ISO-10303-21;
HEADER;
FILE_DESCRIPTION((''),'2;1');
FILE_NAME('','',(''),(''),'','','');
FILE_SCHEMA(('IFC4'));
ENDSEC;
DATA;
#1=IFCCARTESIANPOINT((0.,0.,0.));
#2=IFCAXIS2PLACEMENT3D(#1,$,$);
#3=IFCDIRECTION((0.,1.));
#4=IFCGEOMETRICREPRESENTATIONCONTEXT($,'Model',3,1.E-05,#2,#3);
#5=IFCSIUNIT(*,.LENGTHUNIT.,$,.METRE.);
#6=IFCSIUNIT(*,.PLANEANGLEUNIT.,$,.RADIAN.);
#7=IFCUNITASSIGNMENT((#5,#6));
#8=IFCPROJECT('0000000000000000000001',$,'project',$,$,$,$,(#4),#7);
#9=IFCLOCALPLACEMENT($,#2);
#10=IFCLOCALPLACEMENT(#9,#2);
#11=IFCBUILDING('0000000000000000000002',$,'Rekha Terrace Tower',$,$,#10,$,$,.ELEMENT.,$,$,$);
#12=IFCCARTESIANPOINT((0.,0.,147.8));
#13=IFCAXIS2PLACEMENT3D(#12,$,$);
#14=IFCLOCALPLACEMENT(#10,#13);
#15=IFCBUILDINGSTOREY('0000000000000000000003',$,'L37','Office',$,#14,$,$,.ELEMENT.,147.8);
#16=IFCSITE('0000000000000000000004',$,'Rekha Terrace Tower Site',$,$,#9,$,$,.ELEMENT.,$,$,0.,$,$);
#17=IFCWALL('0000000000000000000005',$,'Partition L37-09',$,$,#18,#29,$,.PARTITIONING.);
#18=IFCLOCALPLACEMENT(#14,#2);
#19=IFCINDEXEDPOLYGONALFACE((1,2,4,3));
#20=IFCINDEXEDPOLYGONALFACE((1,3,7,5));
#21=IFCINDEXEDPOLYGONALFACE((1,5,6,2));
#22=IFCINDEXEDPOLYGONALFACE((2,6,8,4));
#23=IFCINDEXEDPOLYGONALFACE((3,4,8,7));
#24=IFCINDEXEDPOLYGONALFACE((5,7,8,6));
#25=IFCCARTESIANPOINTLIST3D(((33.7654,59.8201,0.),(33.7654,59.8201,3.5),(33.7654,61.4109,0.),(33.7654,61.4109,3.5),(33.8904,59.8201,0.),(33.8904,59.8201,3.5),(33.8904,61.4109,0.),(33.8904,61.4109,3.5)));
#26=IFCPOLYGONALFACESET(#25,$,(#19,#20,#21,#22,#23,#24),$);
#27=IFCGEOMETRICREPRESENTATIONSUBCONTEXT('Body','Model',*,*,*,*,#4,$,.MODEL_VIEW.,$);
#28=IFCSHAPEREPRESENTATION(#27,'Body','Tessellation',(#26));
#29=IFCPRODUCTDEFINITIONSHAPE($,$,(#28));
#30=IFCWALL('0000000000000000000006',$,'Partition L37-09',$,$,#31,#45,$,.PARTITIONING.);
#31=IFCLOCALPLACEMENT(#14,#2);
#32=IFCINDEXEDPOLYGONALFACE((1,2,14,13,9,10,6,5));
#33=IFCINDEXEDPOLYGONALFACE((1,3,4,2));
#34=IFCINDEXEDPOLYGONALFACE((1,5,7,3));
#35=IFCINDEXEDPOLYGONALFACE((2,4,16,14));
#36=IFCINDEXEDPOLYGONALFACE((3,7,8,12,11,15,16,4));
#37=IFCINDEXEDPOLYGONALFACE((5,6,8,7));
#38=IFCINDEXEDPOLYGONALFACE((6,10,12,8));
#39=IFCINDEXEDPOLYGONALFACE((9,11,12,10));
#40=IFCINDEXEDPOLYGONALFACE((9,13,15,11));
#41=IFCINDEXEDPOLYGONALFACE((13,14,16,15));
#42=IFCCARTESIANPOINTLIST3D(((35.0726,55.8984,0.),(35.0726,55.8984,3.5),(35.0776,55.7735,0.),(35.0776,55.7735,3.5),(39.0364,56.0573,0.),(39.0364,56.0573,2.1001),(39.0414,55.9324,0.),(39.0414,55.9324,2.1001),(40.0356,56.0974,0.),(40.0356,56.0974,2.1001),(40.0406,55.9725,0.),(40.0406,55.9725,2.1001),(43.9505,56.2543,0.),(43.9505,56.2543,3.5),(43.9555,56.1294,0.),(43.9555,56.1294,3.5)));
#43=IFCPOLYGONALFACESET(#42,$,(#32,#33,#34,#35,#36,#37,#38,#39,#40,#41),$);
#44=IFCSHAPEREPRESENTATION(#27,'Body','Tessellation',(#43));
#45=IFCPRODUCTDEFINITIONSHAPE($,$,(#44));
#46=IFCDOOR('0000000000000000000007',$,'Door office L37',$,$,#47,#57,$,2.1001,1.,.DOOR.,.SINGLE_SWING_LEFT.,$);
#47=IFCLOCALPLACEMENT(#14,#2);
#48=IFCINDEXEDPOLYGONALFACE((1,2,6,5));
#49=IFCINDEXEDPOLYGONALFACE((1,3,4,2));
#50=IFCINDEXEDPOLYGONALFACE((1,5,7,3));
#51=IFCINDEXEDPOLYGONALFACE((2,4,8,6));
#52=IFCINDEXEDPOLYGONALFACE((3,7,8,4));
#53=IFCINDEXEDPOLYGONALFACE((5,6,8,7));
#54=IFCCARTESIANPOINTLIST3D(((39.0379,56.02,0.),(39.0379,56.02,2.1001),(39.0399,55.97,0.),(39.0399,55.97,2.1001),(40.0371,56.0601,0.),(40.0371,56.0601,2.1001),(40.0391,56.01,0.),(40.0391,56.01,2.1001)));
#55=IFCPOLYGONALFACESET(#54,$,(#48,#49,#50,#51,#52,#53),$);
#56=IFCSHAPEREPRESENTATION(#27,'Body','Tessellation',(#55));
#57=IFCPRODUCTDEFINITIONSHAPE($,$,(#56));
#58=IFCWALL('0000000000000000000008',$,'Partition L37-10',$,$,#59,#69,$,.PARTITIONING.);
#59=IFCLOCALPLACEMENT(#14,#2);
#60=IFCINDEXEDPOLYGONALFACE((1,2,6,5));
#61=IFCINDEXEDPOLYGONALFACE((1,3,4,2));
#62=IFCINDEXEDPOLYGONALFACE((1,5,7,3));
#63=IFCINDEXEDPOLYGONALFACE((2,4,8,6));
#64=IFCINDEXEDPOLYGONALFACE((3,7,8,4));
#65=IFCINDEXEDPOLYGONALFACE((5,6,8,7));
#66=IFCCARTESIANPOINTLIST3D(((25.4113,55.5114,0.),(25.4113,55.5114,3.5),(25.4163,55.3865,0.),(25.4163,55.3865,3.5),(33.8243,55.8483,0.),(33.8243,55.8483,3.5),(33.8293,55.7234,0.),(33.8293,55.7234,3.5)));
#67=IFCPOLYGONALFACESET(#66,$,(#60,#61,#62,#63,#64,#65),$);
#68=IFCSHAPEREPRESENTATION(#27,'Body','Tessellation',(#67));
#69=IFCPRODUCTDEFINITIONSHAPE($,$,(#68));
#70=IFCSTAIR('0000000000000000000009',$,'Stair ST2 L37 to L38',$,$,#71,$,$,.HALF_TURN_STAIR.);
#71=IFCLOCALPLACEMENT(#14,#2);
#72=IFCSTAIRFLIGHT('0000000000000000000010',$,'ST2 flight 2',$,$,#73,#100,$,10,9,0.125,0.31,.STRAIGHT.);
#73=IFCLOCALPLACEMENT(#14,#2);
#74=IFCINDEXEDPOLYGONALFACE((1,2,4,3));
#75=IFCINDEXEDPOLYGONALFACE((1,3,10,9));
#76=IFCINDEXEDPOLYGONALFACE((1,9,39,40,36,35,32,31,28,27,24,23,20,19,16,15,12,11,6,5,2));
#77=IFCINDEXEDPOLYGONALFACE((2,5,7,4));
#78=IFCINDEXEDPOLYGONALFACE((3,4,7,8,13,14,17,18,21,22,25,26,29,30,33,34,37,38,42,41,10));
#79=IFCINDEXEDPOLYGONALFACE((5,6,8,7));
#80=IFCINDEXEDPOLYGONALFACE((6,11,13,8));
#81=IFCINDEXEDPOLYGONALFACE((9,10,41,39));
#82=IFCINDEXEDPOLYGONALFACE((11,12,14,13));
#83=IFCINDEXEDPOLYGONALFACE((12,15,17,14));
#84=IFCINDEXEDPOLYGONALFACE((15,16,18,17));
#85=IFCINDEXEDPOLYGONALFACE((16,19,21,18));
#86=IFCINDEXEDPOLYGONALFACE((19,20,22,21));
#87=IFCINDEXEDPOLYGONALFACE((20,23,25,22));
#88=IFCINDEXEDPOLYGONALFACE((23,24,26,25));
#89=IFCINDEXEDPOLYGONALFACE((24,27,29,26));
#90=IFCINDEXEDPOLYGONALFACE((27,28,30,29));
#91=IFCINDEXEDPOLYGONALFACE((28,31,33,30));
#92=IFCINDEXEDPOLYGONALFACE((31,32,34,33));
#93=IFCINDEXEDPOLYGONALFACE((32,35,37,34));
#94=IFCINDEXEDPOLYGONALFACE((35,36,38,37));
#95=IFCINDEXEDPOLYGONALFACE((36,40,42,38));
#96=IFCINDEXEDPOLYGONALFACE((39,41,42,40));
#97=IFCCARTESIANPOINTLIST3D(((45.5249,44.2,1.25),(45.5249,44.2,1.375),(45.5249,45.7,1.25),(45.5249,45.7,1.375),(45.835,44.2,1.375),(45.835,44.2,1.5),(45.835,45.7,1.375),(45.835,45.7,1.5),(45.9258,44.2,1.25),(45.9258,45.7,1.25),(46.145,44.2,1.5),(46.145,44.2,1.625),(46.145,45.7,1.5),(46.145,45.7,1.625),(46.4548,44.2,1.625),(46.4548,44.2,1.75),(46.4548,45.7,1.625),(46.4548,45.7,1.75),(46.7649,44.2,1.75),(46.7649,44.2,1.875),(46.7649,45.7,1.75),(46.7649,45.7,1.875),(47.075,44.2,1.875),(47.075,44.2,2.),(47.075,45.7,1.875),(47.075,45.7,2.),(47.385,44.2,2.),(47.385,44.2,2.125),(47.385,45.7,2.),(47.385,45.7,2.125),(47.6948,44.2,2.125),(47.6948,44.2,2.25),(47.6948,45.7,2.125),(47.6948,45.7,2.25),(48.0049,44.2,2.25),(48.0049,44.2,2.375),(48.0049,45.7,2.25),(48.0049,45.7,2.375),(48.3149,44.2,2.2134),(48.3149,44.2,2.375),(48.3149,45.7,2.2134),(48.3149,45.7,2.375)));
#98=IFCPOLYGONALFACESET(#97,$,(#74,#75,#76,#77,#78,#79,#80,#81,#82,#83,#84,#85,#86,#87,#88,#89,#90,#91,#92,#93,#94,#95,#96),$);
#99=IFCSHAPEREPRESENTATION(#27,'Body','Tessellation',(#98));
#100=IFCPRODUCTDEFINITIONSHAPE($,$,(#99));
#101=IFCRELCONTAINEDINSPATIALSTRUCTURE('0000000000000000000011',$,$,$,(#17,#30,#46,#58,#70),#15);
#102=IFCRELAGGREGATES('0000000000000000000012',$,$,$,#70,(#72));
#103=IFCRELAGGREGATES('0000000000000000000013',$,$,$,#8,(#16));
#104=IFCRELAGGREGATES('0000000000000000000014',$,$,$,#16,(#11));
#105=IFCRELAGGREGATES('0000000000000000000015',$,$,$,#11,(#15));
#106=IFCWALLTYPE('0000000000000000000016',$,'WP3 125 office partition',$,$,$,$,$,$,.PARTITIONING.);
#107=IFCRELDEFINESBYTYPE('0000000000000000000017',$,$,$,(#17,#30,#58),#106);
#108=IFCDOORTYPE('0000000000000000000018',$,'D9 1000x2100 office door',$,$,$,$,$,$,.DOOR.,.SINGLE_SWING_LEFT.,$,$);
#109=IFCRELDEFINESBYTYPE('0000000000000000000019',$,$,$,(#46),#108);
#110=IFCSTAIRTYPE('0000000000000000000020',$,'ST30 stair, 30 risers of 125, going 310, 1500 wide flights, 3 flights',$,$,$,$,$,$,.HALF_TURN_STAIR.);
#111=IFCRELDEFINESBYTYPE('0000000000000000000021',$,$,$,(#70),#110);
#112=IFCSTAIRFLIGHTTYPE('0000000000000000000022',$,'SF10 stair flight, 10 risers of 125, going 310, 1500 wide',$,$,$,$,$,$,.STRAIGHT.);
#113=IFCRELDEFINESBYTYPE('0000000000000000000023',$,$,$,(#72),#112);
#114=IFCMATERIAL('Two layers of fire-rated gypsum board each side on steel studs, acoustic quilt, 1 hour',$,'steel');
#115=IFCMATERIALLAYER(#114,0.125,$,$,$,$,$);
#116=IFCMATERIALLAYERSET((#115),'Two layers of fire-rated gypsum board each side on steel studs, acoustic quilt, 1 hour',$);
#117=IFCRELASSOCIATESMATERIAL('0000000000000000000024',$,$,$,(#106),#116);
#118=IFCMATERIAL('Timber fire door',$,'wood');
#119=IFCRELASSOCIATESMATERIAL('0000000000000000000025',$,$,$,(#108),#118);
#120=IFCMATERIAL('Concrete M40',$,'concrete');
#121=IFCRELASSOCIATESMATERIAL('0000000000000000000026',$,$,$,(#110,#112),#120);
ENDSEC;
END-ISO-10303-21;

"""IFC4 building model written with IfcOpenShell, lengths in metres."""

from ifc_helpers import new_model, si_unit, direction, frame, frame_2d, origin, place, context, subcontext, project, spatial, polyline, rectangle, outline, extrude, material, layer, layer_set, type_object, element, fill, aggregate, save


model = new_model("IFC4")

# Units and contexts
model_context = context("Model", 3, precision=1e-05, world=origin(), true_north=direction((0.0, 1.0)))
body_context = subcontext(model_context, "Body", "Model", "MODEL_VIEW")
ifc_project = project(units=[si_unit("LENGTHUNIT", "METRE"), si_unit("PLANEANGLEUNIT", "RADIAN")], contexts=[model_context])

# Site, building, storey
site_placement = place(None, origin())
site = spatial("IfcSite", under=ifc_project, at=site_placement, Name="Rekha Terrace Tower Site", CompositionType="ELEMENT", RefElevation=0.0)
building_placement = place(site_placement, origin())
building = spatial("IfcBuilding", under=site, at=building_placement, Name="Rekha Terrace Tower", CompositionType="ELEMENT")
storey_placement = place(building_placement, frame((0.0, 0.0, 147.8)))
storey = spatial("IfcBuildingStorey", under=building, at=storey_placement, Name="L37", Description="Office", CompositionType="ELEMENT", Elevation=147.8)

# Shared definitions
ifc_material_1 = material(Name="Two layers of fire-rated gypsum board each side on steel studs, acoustic quilt, 1 hour", Category="steel")
ifc_layer_1 = layer(ifc_material_1, 0.125)
ifc_layer_set_1 = layer_set([ifc_layer_1], Name="Two layers of fire-rated gypsum board each side on steel studs, acoustic quilt, 1 hour")
wall_type_1 = type_object("IfcWallType", Name="WP3 125 office partition", PredefinedType="PARTITIONING", material=ifc_layer_set_1)

# Shared definitions
ifc_material_2 = material(Name="Timber fire door", Category="wood")
door_type_1 = type_object("IfcDoorType", Name="D9 1000x2100 office door", OperationType="SINGLE_SWING_LEFT", PredefinedType="DOOR", material=ifc_material_2)

# Wall
wall_1_placement = place(storey_placement, frame((33.8279, 59.8201, 0.0), z_axis=(0.0, 0.0, 1.0), x_axis=(0.0, 1.0, 0.0)))
element("IfcWall", 1, at=wall_1_placement, inside=storey, type_object=wall_type_1, Name="Partition L37-09", PredefinedType="PARTITIONING", context=body_context, shape_type="SweptSolid", body=[
    extrude(rectangle(XDim=1.5908, YDim=0.125, at=frame_2d((0.7954, 0.0))), origin(), (0.0, 0.0, 1.0), 3.5),
])

# Wall, opening, door
wall_2_placement = place(storey_placement, frame((43.9529, 56.1919, 0.0), z_axis=(0.0, 0.0, 1.0), x_axis=(-0.999197, -0.040062, 0.0)))
wall_2 = element("IfcWall", 2, at=wall_2_placement, inside=storey, type_object=wall_type_1, Name="Partition L37-09", PredefinedType="PARTITIONING", context=body_context, shape_type="SweptSolid", body=[
    extrude(rectangle(XDim=8.885, YDim=0.125, at=frame_2d((4.4424, 0.0))), origin(), (0.0, 0.0, 1.0), 3.5),
])
opening_1_placement = place(wall_2_placement, frame((3.918, 0.0, 0.0)))
opening_1 = element("IfcOpeningElement", 3, at=opening_1_placement, cuts=wall_2, PredefinedType="OPENING", context=body_context, shape_type="SweptSolid", body=[
    extrude(rectangle(XDim=1.0, YDim=2.1001, at=frame_2d((0.5, 1.05))), frame((0.0, 0.0725, 0.0), z_axis=(0.0, -1.0, 0.0), x_axis=(1.0, 0.0, 0.0)), (0.0, 0.0, 1.0), 0.145),
])
door_1_placement = place(opening_1_placement, origin())
door_1 = element("IfcDoor", 4, at=door_1_placement, inside=storey, type_object=door_type_1, Name="Door office L37", OperationType="SINGLE_SWING_LEFT", OverallHeight=2.1001, OverallWidth=1.0, PredefinedType="DOOR", context=body_context, shape_type="SweptSolid", body=[
    extrude(rectangle(XDim=1.0, YDim=2.1001, at=frame_2d((0.5, 1.05))), frame((0.0, 0.0249, 0.0), z_axis=(0.0, -1.0, 0.0), x_axis=(1.0, 0.0, 0.0)), (0.0, 0.0, 1.0), 0.05),
])
fill(opening_1, door_1)

# Wall
wall_3_placement = place(storey_placement, frame((33.8269, 55.7859, 0.0), z_axis=(0.0, 0.0, 1.0), x_axis=(-0.999199, -0.040016, 0.0)))
element("IfcWall", 5, at=wall_3_placement, inside=storey, type_object=wall_type_1, Name="Partition L37-10", PredefinedType="PARTITIONING", context=body_context, shape_type="SweptSolid", body=[
    extrude(rectangle(XDim=8.4197, YDim=0.125, at=frame_2d((4.21, 0.0))), origin(), (0.0, 0.0, 1.0), 3.5),
])

# Stair, stair flight
ifc_material_3 = material(Name="Concrete M40", Category="concrete")
stair_type = type_object("IfcStairType", Name="ST30 stair, 30 risers of 125, going 310, 1500 wide flights, 3 flights", PredefinedType="HALF_TURN_STAIR", material=ifc_material_3)
stair_placement = place(storey_placement, origin())
stair = element("IfcStair", 6, at=stair_placement, inside=storey, type_object=stair_type, Name="Stair ST2 L37 to L38", PredefinedType="HALF_TURN_STAIR")
stair_flight_type = type_object("IfcStairFlightType", Name="SF10 stair flight, 10 risers of 125, going 310, 1500 wide", PredefinedType="STRAIGHT", material=ifc_material_3)
stair_flight_placement = place(storey_placement, frame((45.5249, 44.95, 1.25), z_axis=(0.0, 0.0, 1.0), x_axis=(1.0, 0.0, 0.0)))
stair_flight = element("IfcStairFlight", 7, at=stair_flight_placement, type_object=stair_flight_type, Name="ST2 flight 2", NumberOfRisers=10, NumberOfTreads=9, PredefinedType="STRAIGHT", RiserHeight=0.125, TreadLength=0.31, context=body_context, shape_type="SweptSolid", body=[
    extrude(outline(polyline([(0.0, 0.0), (0.0, 0.125), (0.3101, 0.125), (0.3101, 0.25), (0.6201, 0.25), (0.6201, 0.375), (0.9299, 0.375), (0.9299, 0.5), (1.24, 0.5), (1.24, 0.625), (1.55, 0.625), (1.55, 0.75), (1.8601, 0.75), (1.8601, 0.875), (2.1699, 0.875), (2.1699, 1.0), (2.48, 1.0), (2.48, 1.125), (2.79, 1.125), (2.79, 1.25), (2.79, 0.9634), (0.4009, 0.0), (0.0, 0.0)])), frame((0.0, 0.75, 0.0), z_axis=(0.0, -1.0, 0.0), x_axis=(1.0, 0.0, 0.0)), (0.0, 0.0, 1.0), 1.5),
])
aggregate(stair, [stair_flight])

save(model, "model.ifc")
